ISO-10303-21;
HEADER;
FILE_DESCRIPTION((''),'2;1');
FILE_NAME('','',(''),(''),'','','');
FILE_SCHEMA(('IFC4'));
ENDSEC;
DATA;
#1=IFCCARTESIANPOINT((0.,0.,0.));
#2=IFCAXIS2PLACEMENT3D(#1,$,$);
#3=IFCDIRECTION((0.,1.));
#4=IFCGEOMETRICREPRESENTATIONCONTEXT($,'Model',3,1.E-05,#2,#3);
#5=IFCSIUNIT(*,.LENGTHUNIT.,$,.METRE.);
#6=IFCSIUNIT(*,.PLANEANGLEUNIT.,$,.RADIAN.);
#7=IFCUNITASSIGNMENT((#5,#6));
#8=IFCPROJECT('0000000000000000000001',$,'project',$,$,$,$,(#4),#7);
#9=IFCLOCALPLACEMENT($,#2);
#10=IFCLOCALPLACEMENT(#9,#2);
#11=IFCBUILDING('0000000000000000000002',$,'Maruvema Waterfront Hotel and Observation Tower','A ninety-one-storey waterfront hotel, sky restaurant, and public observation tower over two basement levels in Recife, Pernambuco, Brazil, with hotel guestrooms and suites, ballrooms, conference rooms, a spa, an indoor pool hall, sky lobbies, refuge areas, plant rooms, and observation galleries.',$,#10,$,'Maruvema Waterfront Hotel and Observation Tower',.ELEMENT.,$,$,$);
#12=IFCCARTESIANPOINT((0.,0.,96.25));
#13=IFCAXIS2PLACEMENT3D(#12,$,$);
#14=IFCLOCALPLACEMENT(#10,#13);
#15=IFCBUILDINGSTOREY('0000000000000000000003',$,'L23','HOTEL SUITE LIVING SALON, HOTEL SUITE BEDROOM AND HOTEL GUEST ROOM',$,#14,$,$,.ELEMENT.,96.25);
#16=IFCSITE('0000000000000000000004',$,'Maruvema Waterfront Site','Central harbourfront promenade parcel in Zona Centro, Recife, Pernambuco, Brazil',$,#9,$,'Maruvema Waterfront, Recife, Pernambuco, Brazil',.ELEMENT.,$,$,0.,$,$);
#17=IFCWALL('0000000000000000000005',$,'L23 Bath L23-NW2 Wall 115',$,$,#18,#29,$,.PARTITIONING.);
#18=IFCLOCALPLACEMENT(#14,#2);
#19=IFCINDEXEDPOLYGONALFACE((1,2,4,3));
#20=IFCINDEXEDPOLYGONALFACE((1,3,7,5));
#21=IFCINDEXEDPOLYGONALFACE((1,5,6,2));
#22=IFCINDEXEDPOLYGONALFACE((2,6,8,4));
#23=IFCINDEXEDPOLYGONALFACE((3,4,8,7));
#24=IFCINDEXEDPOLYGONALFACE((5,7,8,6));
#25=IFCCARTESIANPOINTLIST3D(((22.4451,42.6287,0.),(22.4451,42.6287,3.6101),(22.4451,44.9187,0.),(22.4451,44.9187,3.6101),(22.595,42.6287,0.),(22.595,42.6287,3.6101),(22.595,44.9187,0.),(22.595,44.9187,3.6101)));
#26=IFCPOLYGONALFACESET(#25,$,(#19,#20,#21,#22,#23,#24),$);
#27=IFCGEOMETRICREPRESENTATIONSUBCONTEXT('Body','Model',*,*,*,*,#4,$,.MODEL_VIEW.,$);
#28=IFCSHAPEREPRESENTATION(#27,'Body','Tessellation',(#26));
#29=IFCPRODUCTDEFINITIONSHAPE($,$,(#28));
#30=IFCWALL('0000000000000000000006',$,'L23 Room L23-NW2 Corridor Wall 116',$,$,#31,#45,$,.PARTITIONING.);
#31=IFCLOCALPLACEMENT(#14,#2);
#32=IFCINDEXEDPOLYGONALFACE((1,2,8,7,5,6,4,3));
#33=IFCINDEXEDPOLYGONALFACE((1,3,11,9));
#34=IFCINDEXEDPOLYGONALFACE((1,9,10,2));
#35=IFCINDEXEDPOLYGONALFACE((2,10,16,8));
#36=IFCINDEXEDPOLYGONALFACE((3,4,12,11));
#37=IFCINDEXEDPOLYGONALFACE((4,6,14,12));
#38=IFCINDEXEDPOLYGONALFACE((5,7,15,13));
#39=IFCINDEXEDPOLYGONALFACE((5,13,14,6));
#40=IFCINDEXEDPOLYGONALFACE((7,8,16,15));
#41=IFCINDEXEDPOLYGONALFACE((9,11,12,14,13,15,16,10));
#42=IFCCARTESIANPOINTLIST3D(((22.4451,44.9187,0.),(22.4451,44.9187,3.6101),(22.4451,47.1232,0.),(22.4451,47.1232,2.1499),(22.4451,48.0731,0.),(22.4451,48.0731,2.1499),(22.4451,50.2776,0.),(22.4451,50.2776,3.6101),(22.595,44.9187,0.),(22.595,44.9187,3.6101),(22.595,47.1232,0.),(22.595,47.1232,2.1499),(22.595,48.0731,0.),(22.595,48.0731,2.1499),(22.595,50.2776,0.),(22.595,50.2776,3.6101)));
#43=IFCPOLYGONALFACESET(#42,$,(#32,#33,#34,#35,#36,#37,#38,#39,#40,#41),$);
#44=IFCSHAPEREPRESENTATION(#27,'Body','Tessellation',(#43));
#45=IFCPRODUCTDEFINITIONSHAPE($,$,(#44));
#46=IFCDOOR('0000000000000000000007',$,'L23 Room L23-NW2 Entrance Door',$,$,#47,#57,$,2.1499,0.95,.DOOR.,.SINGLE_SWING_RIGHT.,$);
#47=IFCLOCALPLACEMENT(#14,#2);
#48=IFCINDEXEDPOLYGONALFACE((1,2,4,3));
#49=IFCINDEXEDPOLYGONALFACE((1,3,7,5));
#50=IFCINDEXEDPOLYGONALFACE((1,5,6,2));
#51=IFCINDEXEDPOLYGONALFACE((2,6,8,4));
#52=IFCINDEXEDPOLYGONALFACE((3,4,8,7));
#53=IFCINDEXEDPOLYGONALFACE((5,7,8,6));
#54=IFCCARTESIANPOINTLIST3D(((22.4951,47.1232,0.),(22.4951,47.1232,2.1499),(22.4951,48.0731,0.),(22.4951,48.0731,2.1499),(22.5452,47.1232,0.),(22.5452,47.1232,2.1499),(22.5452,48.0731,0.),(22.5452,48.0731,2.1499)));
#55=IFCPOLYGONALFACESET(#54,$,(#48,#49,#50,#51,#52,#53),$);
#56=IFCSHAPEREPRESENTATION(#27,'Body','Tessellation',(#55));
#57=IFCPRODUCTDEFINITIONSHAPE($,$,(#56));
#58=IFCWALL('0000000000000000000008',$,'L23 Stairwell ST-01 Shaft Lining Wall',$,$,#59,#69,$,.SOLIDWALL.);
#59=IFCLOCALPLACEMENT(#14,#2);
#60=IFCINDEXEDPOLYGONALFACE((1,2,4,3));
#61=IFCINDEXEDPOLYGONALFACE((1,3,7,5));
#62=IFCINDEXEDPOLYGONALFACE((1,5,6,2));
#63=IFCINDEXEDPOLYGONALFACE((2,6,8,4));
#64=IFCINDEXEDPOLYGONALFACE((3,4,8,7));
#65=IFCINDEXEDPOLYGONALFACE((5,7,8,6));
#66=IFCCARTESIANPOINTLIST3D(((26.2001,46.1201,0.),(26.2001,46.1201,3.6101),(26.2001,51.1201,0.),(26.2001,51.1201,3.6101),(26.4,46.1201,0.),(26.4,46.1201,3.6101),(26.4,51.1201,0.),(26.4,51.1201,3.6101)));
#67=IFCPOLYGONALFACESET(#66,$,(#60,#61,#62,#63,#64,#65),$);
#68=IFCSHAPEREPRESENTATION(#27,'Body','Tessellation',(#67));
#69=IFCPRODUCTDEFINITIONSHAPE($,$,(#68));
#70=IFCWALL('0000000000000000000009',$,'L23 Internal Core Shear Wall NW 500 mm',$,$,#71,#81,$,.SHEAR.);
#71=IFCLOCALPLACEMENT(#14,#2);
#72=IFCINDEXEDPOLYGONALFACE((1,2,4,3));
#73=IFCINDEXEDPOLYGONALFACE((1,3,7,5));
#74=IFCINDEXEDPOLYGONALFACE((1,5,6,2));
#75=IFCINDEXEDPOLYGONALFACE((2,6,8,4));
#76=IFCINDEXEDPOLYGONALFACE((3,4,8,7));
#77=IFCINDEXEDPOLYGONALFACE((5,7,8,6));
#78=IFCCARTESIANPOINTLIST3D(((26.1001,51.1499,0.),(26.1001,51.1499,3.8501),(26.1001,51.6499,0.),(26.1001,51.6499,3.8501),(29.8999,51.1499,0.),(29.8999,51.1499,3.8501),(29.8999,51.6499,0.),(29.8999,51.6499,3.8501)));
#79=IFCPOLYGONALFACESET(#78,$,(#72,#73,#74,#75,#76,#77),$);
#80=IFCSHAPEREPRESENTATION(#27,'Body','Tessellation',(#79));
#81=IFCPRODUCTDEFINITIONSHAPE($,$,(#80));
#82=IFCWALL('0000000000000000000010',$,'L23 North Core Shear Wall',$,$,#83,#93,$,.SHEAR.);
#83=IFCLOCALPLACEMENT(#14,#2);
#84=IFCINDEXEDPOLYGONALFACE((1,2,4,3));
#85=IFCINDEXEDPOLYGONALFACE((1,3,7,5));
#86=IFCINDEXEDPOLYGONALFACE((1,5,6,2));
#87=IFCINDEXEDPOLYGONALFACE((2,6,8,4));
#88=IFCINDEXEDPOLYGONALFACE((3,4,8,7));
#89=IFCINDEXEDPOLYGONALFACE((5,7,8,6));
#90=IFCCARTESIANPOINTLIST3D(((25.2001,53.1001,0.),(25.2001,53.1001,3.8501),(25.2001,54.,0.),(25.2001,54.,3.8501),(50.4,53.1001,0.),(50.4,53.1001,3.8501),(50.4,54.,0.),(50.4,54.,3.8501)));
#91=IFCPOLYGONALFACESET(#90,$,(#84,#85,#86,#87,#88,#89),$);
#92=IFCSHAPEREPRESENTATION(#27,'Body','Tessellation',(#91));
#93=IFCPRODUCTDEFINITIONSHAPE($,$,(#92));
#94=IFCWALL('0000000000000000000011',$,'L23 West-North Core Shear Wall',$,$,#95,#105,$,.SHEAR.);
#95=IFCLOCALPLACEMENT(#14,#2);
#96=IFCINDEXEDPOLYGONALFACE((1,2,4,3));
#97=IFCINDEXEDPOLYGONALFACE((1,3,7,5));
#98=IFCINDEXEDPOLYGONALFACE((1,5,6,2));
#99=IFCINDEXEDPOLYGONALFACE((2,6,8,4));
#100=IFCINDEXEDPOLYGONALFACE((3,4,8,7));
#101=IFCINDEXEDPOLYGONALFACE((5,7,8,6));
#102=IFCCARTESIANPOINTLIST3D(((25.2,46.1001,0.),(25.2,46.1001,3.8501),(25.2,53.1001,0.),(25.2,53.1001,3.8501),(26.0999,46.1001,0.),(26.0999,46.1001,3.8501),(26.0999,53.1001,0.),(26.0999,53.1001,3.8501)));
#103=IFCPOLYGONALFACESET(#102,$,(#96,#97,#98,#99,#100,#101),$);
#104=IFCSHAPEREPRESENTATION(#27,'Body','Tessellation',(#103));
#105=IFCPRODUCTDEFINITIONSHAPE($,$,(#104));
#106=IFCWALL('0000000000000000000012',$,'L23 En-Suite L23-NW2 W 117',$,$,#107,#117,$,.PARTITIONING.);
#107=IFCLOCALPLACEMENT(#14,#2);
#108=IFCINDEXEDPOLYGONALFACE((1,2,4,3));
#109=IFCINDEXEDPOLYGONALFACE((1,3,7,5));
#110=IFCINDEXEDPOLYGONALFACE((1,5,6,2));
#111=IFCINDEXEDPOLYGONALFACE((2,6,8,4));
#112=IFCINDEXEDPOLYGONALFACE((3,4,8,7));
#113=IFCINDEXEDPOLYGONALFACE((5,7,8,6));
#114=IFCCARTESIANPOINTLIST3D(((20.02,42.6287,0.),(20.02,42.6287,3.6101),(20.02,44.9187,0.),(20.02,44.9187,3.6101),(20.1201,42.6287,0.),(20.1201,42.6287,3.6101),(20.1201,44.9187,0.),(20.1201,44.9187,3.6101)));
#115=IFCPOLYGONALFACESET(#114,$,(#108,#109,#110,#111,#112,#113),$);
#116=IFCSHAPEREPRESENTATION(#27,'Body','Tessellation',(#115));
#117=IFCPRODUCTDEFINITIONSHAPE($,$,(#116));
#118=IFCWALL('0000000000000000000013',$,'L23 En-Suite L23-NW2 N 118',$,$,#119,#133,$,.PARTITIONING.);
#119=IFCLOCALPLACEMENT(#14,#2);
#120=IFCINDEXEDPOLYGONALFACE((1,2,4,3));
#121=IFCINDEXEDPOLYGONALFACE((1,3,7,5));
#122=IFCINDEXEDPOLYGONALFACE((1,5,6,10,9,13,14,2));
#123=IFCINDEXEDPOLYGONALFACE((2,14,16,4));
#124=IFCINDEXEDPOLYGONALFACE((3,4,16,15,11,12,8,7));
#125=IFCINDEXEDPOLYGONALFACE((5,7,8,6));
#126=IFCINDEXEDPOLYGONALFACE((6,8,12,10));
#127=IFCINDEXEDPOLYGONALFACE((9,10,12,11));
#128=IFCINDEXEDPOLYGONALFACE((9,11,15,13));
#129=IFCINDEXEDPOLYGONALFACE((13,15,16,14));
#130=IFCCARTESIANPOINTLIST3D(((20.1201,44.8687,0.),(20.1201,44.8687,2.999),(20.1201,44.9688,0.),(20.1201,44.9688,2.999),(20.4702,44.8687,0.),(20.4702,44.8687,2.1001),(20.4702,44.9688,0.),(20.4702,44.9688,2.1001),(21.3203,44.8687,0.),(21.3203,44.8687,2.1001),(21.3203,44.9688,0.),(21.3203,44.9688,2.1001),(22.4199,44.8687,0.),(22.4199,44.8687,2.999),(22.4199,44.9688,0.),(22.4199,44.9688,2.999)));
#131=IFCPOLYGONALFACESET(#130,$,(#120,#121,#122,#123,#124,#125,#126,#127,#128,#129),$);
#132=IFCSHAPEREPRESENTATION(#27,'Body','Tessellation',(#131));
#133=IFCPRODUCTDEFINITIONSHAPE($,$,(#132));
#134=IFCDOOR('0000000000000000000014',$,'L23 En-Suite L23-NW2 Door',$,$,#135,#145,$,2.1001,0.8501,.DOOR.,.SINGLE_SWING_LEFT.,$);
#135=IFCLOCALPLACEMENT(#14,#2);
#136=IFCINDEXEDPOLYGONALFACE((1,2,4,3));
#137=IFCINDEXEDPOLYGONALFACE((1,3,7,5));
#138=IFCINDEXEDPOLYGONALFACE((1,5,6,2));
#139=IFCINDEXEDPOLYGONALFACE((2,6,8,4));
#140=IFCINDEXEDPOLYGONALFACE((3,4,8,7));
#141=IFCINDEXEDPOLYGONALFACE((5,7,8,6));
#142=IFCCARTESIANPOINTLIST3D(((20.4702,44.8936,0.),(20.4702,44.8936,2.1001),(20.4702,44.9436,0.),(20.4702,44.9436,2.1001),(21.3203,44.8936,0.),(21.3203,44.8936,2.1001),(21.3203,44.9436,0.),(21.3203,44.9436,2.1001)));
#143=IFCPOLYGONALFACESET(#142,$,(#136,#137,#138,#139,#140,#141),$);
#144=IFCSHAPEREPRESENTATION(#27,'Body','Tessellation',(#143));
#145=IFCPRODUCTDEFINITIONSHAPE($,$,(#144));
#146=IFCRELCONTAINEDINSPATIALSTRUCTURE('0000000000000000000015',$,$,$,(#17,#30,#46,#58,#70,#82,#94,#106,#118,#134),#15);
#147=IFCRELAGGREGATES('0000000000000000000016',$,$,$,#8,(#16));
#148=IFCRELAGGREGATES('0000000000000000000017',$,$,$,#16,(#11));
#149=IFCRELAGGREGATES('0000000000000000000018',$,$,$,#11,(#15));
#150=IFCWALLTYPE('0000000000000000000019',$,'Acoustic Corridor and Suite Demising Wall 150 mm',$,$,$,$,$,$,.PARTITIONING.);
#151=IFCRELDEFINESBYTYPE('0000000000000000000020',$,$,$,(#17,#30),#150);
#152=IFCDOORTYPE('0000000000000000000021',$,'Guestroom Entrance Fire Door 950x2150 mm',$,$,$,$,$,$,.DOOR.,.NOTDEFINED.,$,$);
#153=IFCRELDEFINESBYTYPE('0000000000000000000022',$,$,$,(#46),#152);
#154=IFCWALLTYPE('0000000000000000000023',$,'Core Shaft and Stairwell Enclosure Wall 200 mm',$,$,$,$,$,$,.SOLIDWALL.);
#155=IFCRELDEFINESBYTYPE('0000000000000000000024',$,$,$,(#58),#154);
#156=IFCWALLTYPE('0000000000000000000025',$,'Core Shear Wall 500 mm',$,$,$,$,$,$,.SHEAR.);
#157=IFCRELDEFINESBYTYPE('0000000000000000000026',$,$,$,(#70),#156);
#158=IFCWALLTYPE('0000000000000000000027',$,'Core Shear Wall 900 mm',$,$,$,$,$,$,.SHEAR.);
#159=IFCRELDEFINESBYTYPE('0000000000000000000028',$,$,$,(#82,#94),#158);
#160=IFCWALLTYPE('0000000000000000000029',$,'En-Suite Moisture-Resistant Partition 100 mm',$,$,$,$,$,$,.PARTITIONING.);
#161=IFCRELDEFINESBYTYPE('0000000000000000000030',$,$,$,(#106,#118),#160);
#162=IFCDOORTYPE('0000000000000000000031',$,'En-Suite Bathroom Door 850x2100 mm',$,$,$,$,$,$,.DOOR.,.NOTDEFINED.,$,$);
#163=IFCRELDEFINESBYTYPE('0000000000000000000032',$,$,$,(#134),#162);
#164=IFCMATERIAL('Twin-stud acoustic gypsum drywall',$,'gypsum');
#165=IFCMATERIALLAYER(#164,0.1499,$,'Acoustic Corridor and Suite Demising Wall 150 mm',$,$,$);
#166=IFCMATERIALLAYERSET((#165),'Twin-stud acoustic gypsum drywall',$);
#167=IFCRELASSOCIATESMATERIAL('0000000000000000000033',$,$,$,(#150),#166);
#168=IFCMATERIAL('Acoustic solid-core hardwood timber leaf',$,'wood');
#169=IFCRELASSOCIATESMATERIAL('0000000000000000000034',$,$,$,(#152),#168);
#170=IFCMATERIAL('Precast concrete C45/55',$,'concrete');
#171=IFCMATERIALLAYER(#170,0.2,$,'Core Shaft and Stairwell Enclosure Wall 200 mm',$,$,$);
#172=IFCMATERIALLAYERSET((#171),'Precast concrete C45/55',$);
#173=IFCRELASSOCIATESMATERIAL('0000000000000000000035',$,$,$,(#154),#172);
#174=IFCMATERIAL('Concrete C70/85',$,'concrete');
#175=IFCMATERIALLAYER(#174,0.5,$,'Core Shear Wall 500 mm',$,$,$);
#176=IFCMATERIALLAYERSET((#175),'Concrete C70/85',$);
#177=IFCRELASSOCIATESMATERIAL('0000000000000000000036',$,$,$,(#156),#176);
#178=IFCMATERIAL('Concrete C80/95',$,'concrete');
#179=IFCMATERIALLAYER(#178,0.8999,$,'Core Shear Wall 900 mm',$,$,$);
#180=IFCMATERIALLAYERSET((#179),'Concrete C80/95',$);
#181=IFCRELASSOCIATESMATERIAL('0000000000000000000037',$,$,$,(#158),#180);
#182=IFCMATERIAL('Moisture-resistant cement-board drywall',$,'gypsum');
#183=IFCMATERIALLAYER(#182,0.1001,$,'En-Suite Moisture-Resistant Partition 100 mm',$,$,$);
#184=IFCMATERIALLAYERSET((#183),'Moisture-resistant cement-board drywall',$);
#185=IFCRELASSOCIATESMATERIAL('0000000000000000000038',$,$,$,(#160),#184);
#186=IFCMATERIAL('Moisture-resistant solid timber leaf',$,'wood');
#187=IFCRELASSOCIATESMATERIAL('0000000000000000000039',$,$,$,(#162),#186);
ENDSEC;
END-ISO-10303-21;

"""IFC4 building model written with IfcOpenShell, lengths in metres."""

from ifc_helpers import new_model, si_unit, direction, frame, frame_2d, origin, place, context, subcontext, project, spatial, rectangle, extrude, material, layer, layer_set, type_object, element, fill, save


model = new_model("IFC4")

# Units and contexts
model_context = context("Model", 3, precision=1e-05, world=origin(), true_north=direction((0.0, 1.0)))
body_context = subcontext(model_context, "Body", "Model", "MODEL_VIEW")
ifc_project = project(units=[si_unit("LENGTHUNIT", "METRE"), si_unit("PLANEANGLEUNIT", "RADIAN")], contexts=[model_context])

# Site, building, storey
site_placement = place(None, origin())
site = spatial("IfcSite", under=ifc_project, at=site_placement, Name="Maruvema Waterfront Site", Description="Central harbourfront promenade parcel in Zona Centro, Recife, Pernambuco, Brazil", LongName="Maruvema Waterfront, Recife, Pernambuco, Brazil", CompositionType="ELEMENT", RefElevation=0.0)
building_placement = place(site_placement, origin())
building = spatial("IfcBuilding", under=site, at=building_placement, Name="Maruvema Waterfront Hotel and Observation Tower", Description="A ninety-one-storey waterfront hotel, sky restaurant, and public observation tower over two basement levels in Recife, Pernambuco, Brazil, with hotel guestrooms and suites, ballrooms, conference rooms, a spa, an indoor pool hall, sky lobbies, refuge areas, plant rooms, and observation galleries.", LongName="Maruvema Waterfront Hotel and Observation Tower", CompositionType="ELEMENT")
storey_placement = place(building_placement, frame((0.0, 0.0, 96.25)))
storey = spatial("IfcBuildingStorey", under=building, at=storey_placement, Name="L23", Description="HOTEL SUITE LIVING SALON, HOTEL SUITE BEDROOM AND HOTEL GUEST ROOM", CompositionType="ELEMENT", Elevation=96.25)

# Wall
ifc_material_1 = material(Name="Twin-stud acoustic gypsum drywall", Category="gypsum")
ifc_layer_1 = layer(ifc_material_1, 0.1499, Name="Acoustic Corridor and Suite Demising Wall 150 mm")
ifc_layer_set_1 = layer_set([ifc_layer_1], Name="Twin-stud acoustic gypsum drywall")
wall_type_1 = type_object("IfcWallType", Name="Acoustic Corridor and Suite Demising Wall 150 mm", PredefinedType="PARTITIONING", material=ifc_layer_set_1)
wall_1_placement = place(storey_placement, frame((22.52, 42.6287, 0.0), z_axis=(0.0, 0.0, 1.0), x_axis=(0.0, 1.0, 0.0)))
element("IfcWall", 1, at=wall_1_placement, inside=storey, type_object=wall_type_1, Name="L23 Bath L23-NW2 Wall 115", PredefinedType="PARTITIONING", context=body_context, shape_type="SweptSolid", body=[
    extrude(rectangle(XDim=2.29, YDim=0.1499, at=frame_2d((1.145, 0.0))), origin(), (0.0, 0.0, 1.0), 3.6101),
])

# Wall, opening, door
wall_2_placement = place(storey_placement, frame((22.52, 44.9187, 0.0), z_axis=(0.0, 0.0, 1.0), x_axis=(0.0, 1.0, 0.0)))
wall_2 = element("IfcWall", 2, at=wall_2_placement, inside=storey, type_object=wall_type_1, Name="L23 Room L23-NW2 Corridor Wall 116", PredefinedType="PARTITIONING", context=body_context, shape_type="SweptSolid", body=[
    extrude(rectangle(XDim=5.3589, YDim=0.1499, at=frame_2d((2.6794, 0.0))), origin(), (0.0, 0.0, 1.0), 3.6101),
])
opening_1_placement = place(wall_2_placement, frame((2.2043, 0.0, 0.0)))
opening_1 = element("IfcOpeningElement", 3, at=opening_1_placement, cuts=wall_2, PredefinedType="OPENING", context=body_context, shape_type="SweptSolid", body=[
    extrude(rectangle(XDim=0.95, YDim=2.1499, at=frame_2d((0.4751, 1.075))), frame((0.0, 0.085, 0.0), z_axis=(0.0, -1.0, 0.0), x_axis=(1.0, 0.0, 0.0)), (0.0, 0.0, 1.0), 0.1699),
])
ifc_material_2 = material(Name="Acoustic solid-core hardwood timber leaf", Category="wood")
door_type_1 = type_object("IfcDoorType", Name="Guestroom Entrance Fire Door 950x2150 mm", OperationType="NOTDEFINED", PredefinedType="DOOR", material=ifc_material_2)
door_1_placement = place(opening_1_placement, origin())
door_1 = element("IfcDoor", 4, at=door_1_placement, inside=storey, type_object=door_type_1, Name="L23 Room L23-NW2 Entrance Door", OperationType="SINGLE_SWING_RIGHT", OverallHeight=2.1499, OverallWidth=0.95, PredefinedType="DOOR", context=body_context, shape_type="SweptSolid", body=[
    extrude(rectangle(XDim=0.95, YDim=2.1499, at=frame_2d((0.4751, 1.075))), frame((0.0, 0.0249, 0.0), z_axis=(0.0, -1.0, 0.0), x_axis=(1.0, 0.0, 0.0)), (0.0, 0.0, 1.0), 0.05),
])
fill(opening_1, door_1)

# Walls
ifc_material_3 = material(Name="Precast concrete C45/55", Category="concrete")
ifc_layer_2 = layer(ifc_material_3, 0.2, Name="Core Shaft and Stairwell Enclosure Wall 200 mm")
ifc_layer_set_2 = layer_set([ifc_layer_2], Name="Precast concrete C45/55")
wall_type_2 = type_object("IfcWallType", Name="Core Shaft and Stairwell Enclosure Wall 200 mm", PredefinedType="SOLIDWALL", material=ifc_layer_set_2)
wall_3_placement = place(storey_placement, frame((26.3, 46.1201, 0.0), z_axis=(0.0, 0.0, 1.0), x_axis=(0.0, 1.0, 0.0)))
element("IfcWall", 5, at=wall_3_placement, inside=storey, type_object=wall_type_2, Name="L23 Stairwell ST-01 Shaft Lining Wall", PredefinedType="SOLIDWALL", context=body_context, shape_type="SweptSolid", body=[
    extrude(rectangle(XDim=5.0, YDim=0.2, at=frame_2d((2.5, 0.0))), origin(), (0.0, 0.0, 1.0), 3.6101),
])
ifc_material_4 = material(Name="Concrete C70/85", Category="concrete")
ifc_layer_3 = layer(ifc_material_4, 0.5, Name="Core Shear Wall 500 mm")
ifc_layer_set_3 = layer_set([ifc_layer_3], Name="Concrete C70/85")
wall_type_3 = type_object("IfcWallType", Name="Core Shear Wall 500 mm", PredefinedType="SHEAR", material=ifc_layer_set_3)
wall_4_placement = place(storey_placement, frame((26.1001, 51.3999, 0.0), z_axis=(0.0, 0.0, 1.0), x_axis=(1.0, 0.0, 0.0)))
element("IfcWall", 6, at=wall_4_placement, inside=storey, type_object=wall_type_3, Name="L23 Internal Core Shear Wall NW 500 mm", PredefinedType="SHEAR", context=body_context, shape_type="SweptSolid", body=[
    extrude(rectangle(XDim=3.7998, YDim=0.5, at=frame_2d((1.8999, 0.0))), origin(), (0.0, 0.0, 1.0), 3.8501),
])
ifc_material_5 = material(Name="Concrete C80/95", Category="concrete")
ifc_layer_4 = layer(ifc_material_5, 0.8999, Name="Core Shear Wall 900 mm")
ifc_layer_set_4 = layer_set([ifc_layer_4], Name="Concrete C80/95")
wall_type_4 = type_object("IfcWallType", Name="Core Shear Wall 900 mm", PredefinedType="SHEAR", material=ifc_layer_set_4)
wall_5_placement = place(storey_placement, frame((25.2, 53.55, 0.0), z_axis=(0.0, 0.0, 1.0), x_axis=(1.0, 0.0, 0.0)))
element("IfcWall", 7, at=wall_5_placement, inside=storey, type_object=wall_type_4, Name="L23 North Core Shear Wall", PredefinedType="SHEAR", context=body_context, shape_type="SweptSolid", body=[
    extrude(rectangle(XDim=25.2, YDim=0.8999, at=frame_2d((12.6001, 0.0))), origin(), (0.0, 0.0, 1.0), 3.8501),
])
wall_6_placement = place(storey_placement, frame((25.6499, 46.1001, 0.0), z_axis=(0.0, 0.0, 1.0), x_axis=(0.0, 1.0, 0.0)))
element("IfcWall", 8, at=wall_6_placement, inside=storey, type_object=wall_type_4, Name="L23 West-North Core Shear Wall", PredefinedType="SHEAR", context=body_context, shape_type="SweptSolid", body=[
    extrude(rectangle(XDim=7.0, YDim=0.8999, at=frame_2d((3.5, 0.0))), origin(), (0.0, 0.0, 1.0), 3.8501),
])
ifc_material_6 = material(Name="Moisture-resistant cement-board drywall", Category="gypsum")
ifc_layer_5 = layer(ifc_material_6, 0.1001, Name="En-Suite Moisture-Resistant Partition 100 mm")
ifc_layer_set_5 = layer_set([ifc_layer_5], Name="Moisture-resistant cement-board drywall")
wall_type_5 = type_object("IfcWallType", Name="En-Suite Moisture-Resistant Partition 100 mm", PredefinedType="PARTITIONING", material=ifc_layer_set_5)
wall_7_placement = place(storey_placement, frame((20.0701, 42.6287, 0.0), z_axis=(0.0, 0.0, 1.0), x_axis=(0.0, 1.0, 0.0)))
element("IfcWall", 9, at=wall_7_placement, inside=storey, type_object=wall_type_5, Name="L23 En-Suite L23-NW2 W 117", PredefinedType="PARTITIONING", context=body_context, shape_type="SweptSolid", body=[
    extrude(rectangle(XDim=2.29, YDim=0.1001, at=frame_2d((1.145, 0.0))), origin(), (0.0, 0.0, 1.0), 3.6101),
])

# Wall, opening, door
wall_8_placement = place(storey_placement, frame((20.1201, 44.9187, 0.0), z_axis=(0.0, 0.0, 1.0), x_axis=(1.0, 0.0, 0.0)))
wall_8 = element("IfcWall", 10, at=wall_8_placement, inside=storey, type_object=wall_type_5, Name="L23 En-Suite L23-NW2 N 118", PredefinedType="PARTITIONING", context=body_context, shape_type="SweptSolid", body=[
    extrude(rectangle(XDim=2.2998, YDim=0.1001, at=frame_2d((1.1499, 0.0))), origin(), (0.0, 0.0, 1.0), 2.999),
])
opening_2_placement = place(wall_8_placement, frame((0.3501, 0.0, 0.0)))
opening_2 = element("IfcOpeningElement", 11, at=opening_2_placement, cuts=wall_8, PredefinedType="OPENING", context=body_context, shape_type="SweptSolid", body=[
    extrude(rectangle(XDim=0.8501, YDim=2.1001, at=frame_2d((0.425, 1.05))), frame((0.0, 0.0601, 0.0), z_axis=(0.0, -1.0, 0.0), x_axis=(1.0, 0.0, 0.0)), (0.0, 0.0, 1.0), 0.1201),
])
ifc_material_7 = material(Name="Moisture-resistant solid timber leaf", Category="wood")
door_type_2 = type_object("IfcDoorType", Name="En-Suite Bathroom Door 850x2100 mm", OperationType="NOTDEFINED", PredefinedType="DOOR", material=ifc_material_7)
door_2_placement = place(opening_2_placement, origin())
door_2 = element("IfcDoor", 12, at=door_2_placement, inside=storey, type_object=door_type_2, Name="L23 En-Suite L23-NW2 Door", OperationType="SINGLE_SWING_LEFT", OverallHeight=2.1001, OverallWidth=0.8501, PredefinedType="DOOR", context=body_context, shape_type="SweptSolid", body=[
    extrude(rectangle(XDim=0.8501, YDim=2.1001, at=frame_2d((0.425, 1.05))), frame((0.0, 0.0249, 0.0), z_axis=(0.0, -1.0, 0.0), x_axis=(1.0, 0.0, 0.0)), (0.0, 0.0, 1.0), 0.05),
])
fill(opening_2, door_2)

save(model, "model.ifc")
